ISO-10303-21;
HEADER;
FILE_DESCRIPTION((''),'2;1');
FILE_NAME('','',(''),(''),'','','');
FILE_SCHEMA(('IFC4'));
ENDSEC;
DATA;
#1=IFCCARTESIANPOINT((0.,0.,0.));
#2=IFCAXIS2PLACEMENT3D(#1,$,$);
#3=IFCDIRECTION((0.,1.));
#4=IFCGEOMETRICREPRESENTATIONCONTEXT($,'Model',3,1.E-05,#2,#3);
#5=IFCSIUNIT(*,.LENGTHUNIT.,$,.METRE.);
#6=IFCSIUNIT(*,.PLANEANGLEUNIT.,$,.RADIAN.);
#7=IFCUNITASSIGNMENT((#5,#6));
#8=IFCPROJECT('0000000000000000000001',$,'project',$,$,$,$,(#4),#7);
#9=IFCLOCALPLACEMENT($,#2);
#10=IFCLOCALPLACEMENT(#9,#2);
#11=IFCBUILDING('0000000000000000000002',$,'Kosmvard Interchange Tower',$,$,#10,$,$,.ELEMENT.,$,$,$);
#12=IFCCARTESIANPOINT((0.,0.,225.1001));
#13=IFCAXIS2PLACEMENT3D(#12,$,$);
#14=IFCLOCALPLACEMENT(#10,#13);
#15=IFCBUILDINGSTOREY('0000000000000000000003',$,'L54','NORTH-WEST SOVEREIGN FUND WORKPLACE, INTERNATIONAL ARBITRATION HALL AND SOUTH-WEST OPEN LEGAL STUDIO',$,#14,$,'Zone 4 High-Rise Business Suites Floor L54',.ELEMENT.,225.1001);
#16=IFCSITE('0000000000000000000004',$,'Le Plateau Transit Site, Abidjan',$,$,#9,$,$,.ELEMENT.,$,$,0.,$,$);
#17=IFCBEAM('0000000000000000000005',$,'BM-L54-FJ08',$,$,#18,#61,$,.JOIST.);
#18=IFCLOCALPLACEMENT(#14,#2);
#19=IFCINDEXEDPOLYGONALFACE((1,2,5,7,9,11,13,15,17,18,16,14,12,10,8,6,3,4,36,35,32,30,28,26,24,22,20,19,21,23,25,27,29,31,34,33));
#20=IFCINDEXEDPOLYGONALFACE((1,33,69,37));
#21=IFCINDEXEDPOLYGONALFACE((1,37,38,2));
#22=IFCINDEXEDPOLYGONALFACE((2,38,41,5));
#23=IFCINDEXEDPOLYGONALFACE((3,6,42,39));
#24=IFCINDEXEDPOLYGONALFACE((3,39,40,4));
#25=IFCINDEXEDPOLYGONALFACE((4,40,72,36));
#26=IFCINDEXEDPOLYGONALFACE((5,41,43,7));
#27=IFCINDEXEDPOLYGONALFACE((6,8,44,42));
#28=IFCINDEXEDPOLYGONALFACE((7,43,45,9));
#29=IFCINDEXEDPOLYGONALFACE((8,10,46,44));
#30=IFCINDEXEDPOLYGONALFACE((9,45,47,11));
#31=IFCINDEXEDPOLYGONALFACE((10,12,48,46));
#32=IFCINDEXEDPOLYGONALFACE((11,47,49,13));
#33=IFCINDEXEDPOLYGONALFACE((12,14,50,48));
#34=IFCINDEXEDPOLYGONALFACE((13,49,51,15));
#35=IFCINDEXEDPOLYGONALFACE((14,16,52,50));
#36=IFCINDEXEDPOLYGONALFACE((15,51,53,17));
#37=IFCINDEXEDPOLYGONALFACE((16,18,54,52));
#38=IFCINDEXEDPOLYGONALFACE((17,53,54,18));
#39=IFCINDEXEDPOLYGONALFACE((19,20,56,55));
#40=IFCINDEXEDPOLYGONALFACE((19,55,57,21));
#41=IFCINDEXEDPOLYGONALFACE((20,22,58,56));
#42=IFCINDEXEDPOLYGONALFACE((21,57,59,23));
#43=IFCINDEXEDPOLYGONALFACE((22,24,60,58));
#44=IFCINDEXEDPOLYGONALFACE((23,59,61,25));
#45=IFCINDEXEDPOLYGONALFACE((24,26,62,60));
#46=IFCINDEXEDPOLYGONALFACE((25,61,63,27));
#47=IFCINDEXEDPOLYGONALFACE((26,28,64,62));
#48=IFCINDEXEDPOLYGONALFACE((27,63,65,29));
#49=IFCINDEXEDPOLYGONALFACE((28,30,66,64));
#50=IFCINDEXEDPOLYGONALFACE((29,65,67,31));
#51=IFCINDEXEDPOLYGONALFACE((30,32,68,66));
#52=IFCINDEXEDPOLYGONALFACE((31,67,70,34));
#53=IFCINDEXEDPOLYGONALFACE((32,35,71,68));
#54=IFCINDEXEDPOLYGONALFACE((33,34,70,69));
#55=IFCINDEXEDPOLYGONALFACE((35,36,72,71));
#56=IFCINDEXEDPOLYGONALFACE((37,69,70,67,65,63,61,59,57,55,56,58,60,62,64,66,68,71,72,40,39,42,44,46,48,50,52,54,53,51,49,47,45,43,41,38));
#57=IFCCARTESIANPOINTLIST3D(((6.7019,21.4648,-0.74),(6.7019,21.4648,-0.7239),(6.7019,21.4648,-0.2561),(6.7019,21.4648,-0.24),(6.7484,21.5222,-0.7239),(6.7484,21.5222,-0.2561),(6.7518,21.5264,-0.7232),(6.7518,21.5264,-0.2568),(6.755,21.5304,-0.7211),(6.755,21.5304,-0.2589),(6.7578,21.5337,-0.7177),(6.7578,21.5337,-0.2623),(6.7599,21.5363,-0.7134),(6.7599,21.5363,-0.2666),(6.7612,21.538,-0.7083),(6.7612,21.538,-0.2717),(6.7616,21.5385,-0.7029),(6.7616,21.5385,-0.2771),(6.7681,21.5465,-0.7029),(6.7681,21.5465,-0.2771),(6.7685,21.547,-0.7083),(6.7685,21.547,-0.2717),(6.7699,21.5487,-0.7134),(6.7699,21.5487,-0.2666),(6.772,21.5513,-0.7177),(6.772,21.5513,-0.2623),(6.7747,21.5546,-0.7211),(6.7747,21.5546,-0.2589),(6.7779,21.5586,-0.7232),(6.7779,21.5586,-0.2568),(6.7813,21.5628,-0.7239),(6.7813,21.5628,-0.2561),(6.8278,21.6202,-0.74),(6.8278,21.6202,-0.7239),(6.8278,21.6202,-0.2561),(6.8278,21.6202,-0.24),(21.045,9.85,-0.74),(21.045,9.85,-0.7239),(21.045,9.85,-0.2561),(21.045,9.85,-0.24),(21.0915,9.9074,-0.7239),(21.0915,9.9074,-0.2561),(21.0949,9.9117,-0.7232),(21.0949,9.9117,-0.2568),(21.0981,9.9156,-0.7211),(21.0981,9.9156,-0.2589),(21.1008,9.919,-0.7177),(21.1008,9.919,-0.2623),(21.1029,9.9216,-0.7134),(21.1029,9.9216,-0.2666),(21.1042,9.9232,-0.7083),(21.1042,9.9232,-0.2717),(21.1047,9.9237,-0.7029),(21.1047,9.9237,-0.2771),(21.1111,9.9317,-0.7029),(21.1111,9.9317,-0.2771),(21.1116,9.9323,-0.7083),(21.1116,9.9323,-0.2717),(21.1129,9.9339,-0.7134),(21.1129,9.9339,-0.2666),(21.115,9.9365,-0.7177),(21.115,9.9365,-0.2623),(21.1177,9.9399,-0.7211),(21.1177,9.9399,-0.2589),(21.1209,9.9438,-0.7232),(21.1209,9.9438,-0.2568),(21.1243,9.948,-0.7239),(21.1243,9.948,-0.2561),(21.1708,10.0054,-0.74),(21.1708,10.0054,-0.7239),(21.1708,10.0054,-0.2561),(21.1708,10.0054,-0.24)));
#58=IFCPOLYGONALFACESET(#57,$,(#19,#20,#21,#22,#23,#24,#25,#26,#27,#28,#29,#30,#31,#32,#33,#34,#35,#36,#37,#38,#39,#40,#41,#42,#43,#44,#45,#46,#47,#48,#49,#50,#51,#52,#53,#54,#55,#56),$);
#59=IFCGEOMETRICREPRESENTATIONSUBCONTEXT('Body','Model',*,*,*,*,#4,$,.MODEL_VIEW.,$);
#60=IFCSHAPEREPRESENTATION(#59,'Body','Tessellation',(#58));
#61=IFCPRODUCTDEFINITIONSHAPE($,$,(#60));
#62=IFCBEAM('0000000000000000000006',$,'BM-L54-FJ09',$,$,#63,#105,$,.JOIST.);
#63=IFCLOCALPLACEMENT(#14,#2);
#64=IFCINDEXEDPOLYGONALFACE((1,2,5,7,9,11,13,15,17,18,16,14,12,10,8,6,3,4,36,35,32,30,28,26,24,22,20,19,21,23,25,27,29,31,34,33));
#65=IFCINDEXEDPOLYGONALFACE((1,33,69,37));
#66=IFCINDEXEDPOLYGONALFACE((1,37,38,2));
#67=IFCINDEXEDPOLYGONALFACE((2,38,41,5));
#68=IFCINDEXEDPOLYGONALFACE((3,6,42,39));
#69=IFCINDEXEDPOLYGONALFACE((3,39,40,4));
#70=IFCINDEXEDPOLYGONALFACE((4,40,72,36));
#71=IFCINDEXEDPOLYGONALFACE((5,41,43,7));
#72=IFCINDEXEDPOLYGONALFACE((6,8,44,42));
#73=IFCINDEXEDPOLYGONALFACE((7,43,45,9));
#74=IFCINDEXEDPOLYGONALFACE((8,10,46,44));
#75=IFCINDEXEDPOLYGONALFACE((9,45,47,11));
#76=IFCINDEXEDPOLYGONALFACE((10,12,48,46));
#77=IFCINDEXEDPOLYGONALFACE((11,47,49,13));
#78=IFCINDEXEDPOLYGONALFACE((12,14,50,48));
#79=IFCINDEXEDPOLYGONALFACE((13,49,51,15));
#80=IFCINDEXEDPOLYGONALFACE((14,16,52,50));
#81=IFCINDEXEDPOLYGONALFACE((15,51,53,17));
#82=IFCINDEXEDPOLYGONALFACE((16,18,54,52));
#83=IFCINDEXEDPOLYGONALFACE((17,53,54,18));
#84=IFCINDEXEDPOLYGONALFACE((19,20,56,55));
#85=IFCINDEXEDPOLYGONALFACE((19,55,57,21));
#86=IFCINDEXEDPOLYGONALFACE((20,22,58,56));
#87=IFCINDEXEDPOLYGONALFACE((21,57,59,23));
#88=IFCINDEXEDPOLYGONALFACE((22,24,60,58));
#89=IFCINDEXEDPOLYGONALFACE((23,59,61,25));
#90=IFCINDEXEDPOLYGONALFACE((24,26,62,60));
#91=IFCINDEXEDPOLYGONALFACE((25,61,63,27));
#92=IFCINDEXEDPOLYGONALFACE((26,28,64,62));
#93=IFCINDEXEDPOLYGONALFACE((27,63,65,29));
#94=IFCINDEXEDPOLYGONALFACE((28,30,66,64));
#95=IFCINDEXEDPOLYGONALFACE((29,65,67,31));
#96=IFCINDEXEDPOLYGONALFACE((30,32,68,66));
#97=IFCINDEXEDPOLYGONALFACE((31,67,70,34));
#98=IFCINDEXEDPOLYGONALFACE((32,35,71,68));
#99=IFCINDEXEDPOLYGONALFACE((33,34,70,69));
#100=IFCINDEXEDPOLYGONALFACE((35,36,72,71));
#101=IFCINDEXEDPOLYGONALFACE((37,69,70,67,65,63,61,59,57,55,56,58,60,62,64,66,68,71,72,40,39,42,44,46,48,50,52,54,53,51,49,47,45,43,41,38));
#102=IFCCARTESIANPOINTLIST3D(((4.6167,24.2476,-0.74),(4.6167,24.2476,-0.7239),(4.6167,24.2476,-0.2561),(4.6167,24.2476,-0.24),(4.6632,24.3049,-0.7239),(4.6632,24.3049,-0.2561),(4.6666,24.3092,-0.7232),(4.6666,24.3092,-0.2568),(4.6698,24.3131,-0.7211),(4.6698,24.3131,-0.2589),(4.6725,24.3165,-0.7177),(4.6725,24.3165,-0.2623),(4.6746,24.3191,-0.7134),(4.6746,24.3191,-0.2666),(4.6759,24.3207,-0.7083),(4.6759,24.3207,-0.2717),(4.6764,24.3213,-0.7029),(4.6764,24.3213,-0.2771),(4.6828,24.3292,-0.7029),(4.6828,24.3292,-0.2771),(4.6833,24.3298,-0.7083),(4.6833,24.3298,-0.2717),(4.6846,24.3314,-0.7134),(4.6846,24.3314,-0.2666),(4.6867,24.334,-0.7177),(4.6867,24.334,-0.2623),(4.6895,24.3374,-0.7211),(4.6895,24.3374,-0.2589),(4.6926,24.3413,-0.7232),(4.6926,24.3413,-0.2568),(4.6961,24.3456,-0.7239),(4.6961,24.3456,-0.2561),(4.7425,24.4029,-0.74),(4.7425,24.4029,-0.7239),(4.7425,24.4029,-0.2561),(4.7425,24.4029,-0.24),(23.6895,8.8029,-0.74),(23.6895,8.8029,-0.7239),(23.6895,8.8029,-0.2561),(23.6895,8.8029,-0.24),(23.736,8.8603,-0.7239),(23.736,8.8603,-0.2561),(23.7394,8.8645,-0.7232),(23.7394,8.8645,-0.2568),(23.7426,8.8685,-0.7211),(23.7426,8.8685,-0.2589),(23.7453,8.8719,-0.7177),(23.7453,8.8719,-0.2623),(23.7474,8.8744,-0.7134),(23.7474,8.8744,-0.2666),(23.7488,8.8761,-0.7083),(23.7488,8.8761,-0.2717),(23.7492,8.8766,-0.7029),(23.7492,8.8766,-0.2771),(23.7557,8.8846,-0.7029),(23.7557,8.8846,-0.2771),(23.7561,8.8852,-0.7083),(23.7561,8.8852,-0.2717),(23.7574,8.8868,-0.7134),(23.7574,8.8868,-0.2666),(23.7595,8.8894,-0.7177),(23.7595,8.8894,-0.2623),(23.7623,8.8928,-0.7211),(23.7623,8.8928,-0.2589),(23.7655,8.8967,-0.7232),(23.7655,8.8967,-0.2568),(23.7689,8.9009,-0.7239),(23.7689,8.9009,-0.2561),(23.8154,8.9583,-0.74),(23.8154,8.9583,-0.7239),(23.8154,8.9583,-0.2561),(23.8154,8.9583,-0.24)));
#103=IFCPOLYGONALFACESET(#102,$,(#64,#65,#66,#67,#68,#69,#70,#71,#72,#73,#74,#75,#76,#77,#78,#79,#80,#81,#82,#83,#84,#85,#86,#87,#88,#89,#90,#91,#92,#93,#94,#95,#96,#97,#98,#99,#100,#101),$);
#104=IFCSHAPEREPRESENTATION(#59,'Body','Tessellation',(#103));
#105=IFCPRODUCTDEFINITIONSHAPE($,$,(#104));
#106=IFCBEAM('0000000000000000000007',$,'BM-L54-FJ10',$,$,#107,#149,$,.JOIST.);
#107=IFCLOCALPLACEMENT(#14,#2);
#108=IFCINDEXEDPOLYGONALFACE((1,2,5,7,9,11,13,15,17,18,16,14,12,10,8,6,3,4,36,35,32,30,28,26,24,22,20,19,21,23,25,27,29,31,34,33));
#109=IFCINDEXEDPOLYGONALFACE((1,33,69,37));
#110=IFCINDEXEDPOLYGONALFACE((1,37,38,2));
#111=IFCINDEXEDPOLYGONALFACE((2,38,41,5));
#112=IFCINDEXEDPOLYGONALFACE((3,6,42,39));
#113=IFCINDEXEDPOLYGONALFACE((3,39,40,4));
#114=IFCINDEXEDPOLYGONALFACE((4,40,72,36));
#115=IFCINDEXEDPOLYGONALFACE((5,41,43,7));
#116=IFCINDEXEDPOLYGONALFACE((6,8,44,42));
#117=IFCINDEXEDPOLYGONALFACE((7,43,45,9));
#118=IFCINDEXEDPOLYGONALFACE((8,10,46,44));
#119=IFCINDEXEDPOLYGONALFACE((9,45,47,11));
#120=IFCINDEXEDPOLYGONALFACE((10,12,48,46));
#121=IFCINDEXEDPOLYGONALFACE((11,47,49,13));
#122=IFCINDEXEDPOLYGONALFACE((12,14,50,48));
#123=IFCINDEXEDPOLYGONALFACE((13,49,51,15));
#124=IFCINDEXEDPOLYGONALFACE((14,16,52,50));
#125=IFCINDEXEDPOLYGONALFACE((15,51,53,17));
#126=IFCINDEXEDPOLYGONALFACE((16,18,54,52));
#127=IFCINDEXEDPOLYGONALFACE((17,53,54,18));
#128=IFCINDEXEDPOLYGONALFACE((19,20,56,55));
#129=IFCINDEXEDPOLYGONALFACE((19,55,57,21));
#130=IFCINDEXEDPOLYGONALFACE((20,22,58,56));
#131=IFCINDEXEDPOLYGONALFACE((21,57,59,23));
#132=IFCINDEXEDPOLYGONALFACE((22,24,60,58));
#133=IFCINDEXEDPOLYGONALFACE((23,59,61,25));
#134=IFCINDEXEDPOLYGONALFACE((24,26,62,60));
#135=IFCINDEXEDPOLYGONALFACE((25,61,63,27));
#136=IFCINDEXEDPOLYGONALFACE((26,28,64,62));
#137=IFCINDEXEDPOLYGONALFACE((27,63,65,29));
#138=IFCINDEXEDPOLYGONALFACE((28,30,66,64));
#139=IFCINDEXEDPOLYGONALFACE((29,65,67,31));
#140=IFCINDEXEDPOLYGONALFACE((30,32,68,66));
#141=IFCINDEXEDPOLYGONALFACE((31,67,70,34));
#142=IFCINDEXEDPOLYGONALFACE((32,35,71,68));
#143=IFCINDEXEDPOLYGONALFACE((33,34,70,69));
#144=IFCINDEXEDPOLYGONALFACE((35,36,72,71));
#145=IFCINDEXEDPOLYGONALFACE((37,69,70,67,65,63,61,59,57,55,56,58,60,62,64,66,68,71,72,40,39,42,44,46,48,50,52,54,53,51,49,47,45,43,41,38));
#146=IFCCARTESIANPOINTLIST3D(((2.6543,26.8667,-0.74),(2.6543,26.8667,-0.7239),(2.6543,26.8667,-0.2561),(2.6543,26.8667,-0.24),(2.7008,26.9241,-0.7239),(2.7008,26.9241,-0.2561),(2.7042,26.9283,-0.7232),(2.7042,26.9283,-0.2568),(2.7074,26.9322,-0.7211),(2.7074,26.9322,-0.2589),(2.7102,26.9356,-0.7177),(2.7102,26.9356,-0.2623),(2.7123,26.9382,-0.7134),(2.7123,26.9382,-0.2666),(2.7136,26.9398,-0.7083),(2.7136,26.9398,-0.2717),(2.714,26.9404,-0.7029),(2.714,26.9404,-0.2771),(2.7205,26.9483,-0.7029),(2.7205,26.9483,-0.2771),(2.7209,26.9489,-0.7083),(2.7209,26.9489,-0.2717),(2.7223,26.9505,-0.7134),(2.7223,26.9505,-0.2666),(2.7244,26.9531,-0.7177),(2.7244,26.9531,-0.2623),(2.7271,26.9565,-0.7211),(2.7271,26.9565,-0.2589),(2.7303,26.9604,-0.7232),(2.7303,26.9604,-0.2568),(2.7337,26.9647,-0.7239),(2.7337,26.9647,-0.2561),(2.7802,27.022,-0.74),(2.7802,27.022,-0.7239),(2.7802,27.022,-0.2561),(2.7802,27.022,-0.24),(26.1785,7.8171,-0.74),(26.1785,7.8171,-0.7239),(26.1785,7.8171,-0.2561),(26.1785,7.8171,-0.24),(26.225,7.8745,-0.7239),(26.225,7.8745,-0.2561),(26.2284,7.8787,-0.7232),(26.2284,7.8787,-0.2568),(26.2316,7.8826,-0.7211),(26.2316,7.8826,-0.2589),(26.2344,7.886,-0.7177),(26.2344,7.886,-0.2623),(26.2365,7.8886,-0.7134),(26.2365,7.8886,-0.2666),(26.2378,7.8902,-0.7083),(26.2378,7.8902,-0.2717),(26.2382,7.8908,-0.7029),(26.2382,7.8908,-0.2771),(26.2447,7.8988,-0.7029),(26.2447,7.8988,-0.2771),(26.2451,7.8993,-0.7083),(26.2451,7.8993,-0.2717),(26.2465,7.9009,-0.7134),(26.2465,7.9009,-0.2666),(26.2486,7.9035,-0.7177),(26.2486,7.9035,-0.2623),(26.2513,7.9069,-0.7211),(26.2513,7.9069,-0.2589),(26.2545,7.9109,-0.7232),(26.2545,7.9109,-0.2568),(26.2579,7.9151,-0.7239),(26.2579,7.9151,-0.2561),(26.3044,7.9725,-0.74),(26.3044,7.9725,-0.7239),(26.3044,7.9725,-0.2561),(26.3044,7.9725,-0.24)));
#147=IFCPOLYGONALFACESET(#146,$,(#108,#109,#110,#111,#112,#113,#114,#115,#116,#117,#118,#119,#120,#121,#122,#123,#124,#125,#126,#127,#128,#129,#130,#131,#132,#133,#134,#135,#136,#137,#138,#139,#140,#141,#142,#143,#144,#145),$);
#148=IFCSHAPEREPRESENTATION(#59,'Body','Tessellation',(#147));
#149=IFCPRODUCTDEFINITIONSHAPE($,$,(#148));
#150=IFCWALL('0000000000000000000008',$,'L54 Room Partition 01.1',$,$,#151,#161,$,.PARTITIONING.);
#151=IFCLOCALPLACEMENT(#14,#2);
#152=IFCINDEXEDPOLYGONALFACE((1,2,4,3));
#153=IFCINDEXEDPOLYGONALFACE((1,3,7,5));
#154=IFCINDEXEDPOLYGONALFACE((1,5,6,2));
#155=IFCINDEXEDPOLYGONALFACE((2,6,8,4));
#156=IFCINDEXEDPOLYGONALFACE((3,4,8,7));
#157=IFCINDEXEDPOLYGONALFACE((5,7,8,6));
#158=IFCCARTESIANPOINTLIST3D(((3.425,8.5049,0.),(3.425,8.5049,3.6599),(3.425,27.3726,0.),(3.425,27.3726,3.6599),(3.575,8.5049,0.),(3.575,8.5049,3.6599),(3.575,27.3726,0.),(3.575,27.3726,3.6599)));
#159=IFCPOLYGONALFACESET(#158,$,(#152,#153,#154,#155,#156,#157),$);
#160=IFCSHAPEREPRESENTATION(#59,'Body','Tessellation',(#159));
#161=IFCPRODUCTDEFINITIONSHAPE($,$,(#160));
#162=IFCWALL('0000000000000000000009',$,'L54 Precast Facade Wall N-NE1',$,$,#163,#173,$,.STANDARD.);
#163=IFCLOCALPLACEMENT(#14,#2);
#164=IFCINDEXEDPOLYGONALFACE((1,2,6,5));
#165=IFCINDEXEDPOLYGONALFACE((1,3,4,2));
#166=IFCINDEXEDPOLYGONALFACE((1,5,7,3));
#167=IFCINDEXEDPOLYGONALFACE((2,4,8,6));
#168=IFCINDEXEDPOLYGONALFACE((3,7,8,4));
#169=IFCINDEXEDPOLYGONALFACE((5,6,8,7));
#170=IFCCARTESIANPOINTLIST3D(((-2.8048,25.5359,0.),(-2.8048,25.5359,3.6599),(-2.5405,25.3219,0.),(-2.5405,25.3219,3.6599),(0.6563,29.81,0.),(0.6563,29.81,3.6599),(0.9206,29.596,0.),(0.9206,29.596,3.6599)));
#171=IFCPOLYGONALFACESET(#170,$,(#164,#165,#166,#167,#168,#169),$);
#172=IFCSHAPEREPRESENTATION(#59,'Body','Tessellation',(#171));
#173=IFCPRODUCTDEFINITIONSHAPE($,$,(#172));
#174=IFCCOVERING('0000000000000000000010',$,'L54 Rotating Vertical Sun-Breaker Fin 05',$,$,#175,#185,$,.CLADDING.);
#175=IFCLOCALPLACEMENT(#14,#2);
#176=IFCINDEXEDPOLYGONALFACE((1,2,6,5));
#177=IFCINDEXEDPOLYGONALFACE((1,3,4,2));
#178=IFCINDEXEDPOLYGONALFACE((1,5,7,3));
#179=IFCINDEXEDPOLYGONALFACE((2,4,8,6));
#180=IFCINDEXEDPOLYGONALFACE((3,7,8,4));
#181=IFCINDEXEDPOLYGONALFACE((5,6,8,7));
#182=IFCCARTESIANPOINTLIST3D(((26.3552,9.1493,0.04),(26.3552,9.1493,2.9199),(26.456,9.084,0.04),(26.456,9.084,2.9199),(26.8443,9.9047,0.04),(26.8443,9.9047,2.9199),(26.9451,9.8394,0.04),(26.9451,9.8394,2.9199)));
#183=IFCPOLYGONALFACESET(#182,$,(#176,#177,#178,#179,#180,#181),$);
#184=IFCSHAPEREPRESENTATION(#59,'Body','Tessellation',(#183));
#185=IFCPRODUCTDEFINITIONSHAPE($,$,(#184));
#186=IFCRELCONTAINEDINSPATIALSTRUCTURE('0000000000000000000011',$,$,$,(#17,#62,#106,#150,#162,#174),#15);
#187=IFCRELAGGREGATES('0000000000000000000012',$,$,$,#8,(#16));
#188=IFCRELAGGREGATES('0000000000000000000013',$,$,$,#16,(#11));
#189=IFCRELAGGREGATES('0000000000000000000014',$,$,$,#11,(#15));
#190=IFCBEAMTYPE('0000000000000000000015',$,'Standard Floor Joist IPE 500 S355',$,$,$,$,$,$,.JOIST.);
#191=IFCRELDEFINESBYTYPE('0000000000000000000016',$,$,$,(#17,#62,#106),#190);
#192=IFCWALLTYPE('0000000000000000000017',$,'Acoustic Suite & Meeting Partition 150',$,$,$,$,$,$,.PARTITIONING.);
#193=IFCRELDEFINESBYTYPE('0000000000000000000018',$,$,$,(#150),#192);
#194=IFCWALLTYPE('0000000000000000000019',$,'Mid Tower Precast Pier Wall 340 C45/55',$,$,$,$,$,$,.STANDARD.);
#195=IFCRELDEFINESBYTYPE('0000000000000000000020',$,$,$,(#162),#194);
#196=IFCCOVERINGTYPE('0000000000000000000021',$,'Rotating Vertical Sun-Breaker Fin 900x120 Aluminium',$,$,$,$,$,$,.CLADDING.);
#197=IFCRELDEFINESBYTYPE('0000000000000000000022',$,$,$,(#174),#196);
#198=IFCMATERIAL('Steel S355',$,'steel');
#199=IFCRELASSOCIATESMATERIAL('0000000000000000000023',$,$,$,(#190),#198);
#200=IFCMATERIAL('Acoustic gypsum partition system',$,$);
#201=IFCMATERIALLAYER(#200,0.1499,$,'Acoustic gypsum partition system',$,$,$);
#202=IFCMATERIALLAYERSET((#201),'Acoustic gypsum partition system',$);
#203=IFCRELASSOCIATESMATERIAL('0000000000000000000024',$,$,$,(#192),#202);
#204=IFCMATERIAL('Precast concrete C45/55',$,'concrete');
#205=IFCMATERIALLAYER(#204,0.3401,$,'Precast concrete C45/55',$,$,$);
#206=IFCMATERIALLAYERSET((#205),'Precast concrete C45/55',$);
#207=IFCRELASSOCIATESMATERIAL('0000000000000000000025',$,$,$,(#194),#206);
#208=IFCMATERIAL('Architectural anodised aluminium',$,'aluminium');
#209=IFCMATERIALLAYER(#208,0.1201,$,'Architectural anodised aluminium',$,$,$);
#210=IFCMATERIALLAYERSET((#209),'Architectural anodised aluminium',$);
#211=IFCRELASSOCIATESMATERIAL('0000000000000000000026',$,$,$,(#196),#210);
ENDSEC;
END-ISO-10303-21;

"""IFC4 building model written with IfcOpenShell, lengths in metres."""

from ifc_helpers import new_model, si_unit, direction, frame, frame_2d, origin, origin_2d, place, context, subcontext, project, spatial, rectangle, i_section, extrude, source, transform, mapped, material, layer, layer_set, material_profile, profile_set, type_object, element, save


model = new_model("IFC4")

# Units and contexts
model_context = context("Model", 3, precision=1e-05, world=origin(), true_north=direction((0.0, 1.0)))
body_context = subcontext(model_context, "Body", "Model", "MODEL_VIEW")
ifc_project = project(units=[si_unit("LENGTHUNIT", "METRE"), si_unit("PLANEANGLEUNIT", "RADIAN")], contexts=[model_context])

# Site, building, storey
site_placement = place(None, origin())
site = spatial("IfcSite", under=ifc_project, at=site_placement, Name="Le Plateau Transit Site, Abidjan", CompositionType="ELEMENT", RefElevation=0.0)
building_placement = place(site_placement, origin())
building = spatial("IfcBuilding", under=site, at=building_placement, Name="Kosmvard Interchange Tower", CompositionType="ELEMENT")
storey_placement = place(building_placement, frame((0.0, 0.0, 225.1001)))
storey = spatial("IfcBuildingStorey", under=building, at=storey_placement, Name="L54", Description="NORTH-WEST SOVEREIGN FUND WORKPLACE, INTERNATIONAL ARBITRATION HALL AND SOUTH-WEST OPEN LEGAL STUDIO", LongName="Zone 4 High-Rise Business Suites Floor L54", CompositionType="ELEMENT", Elevation=225.1001)

# Beams
ifc_material_1 = material(Name="Steel S355", Category="steel")
ifc_material_2 = material(Name="Precast concrete C45/55", Category="concrete")
ifc_material_profile_1 = material_profile(ifc_material_1, i_section(OverallWidth=0.2, OverallDepth=0.5, WebThickness=0.0103, FlangeThickness=0.0161, FilletRadius=0.021, at=origin_2d()), Name="IPE 500")
ifc_profile_set_1 = profile_set([ifc_material_profile_1], Name="Steel S355")
beam_type_1 = type_object("IfcBeamType", Name="Standard Floor Joist IPE 500 S355", PredefinedType="JOIST", material=ifc_profile_set_1)
shared_shape_1 = source(origin(), body_context, "Body", "SweptSolid", [
    extrude(i_section(OverallWidth=0.2, OverallDepth=0.5, WebThickness=0.0103, FlangeThickness=0.0161, FilletRadius=0.021, at=origin_2d()), origin(), (0.0, 0.0, 1.0), 18.4561),
])
beam_1_placement = place(storey_placement, frame((21.1079, 9.9277, -0.49), z_axis=(-0.777146, 0.62932, 0.0), x_axis=(-0.62932, -0.777146, 0.0)))
element("IfcBeam", 1, at=beam_1_placement, inside=storey, type_object=beam_type_1, Name="BM-L54-FJ08", PredefinedType="JOIST", context=body_context, shape_type="MappedRepresentation", body=[
    mapped(shared_shape_1, transform((0.0, 0.0, 0.0), scale=1.0)),
])
shared_shape_2 = source(origin(), body_context, "Body", "SweptSolid", [
    extrude(i_section(OverallWidth=0.2, OverallDepth=0.5, WebThickness=0.0103, FlangeThickness=0.0161, FilletRadius=0.021, at=origin_2d()), origin(), (0.0, 0.0, 1.0), 24.542),
])
beam_2_placement = place(storey_placement, frame((23.7524, 8.8806, -0.49), z_axis=(-0.777151, 0.629315, 0.0), x_axis=(-0.629315, -0.777151, 0.0)))
element("IfcBeam", 2, at=beam_2_placement, inside=storey, type_object=beam_type_1, Name="BM-L54-FJ09", PredefinedType="JOIST", context=body_context, shape_type="MappedRepresentation", body=[
    mapped(shared_shape_2, transform((0.0, 0.0, 0.0), scale=1.0)),
])
shared_shape_3 = source(origin(), body_context, "Body", "SweptSolid", [
    extrude(i_section(OverallWidth=0.2, OverallDepth=0.5, WebThickness=0.0103, FlangeThickness=0.0161, FilletRadius=0.021, at=origin_2d()), origin(), (0.0, 0.0, 1.0), 30.27),
])
beam_3_placement = place(storey_placement, frame((26.2415, 7.8948, -0.49), z_axis=(-0.777145, 0.629322, 0.0), x_axis=(-0.629322, -0.777145, 0.0)))
element("IfcBeam", 3, at=beam_3_placement, inside=storey, type_object=beam_type_1, Name="BM-L54-FJ10", PredefinedType="JOIST", context=body_context, shape_type="MappedRepresentation", body=[
    mapped(shared_shape_3, transform((0.0, 0.0, 0.0), scale=1.0)),
])

# Walls
ifc_material_3 = material(Name="Acoustic gypsum partition system")
ifc_layer_1 = layer(ifc_material_3, 0.1499, Name="Acoustic gypsum partition system")
ifc_layer_set_1 = layer_set([ifc_layer_1], Name="Acoustic gypsum partition system")
wall_type_1 = type_object("IfcWallType", Name="Acoustic Suite & Meeting Partition 150", PredefinedType="PARTITIONING", material=ifc_layer_set_1)
wall_1_placement = place(storey_placement, frame((3.5, 8.5049, 0.0), z_axis=(0.0, 0.0, 1.0), x_axis=(0.0, 1.0, 0.0)))
element("IfcWall", 4, at=wall_1_placement, inside=storey, type_object=wall_type_1, Name="L54 Room Partition 01.1", PredefinedType="PARTITIONING", context=body_context, shape_type="SweptSolid", body=[
    extrude(rectangle(XDim=18.8677, YDim=0.1499, at=frame_2d((9.4338, 0.0))), origin(), (0.0, 0.0, 1.0), 3.6599),
])
ifc_layer_2 = layer(ifc_material_2, 0.3401, Name="Precast concrete C45/55")
ifc_layer_set_2 = layer_set([ifc_layer_2], Name="Precast concrete C45/55")
wall_type_2 = type_object("IfcWallType", Name="Mid Tower Precast Pier Wall 340 C45/55", PredefinedType="STANDARD", material=ifc_layer_set_2)
wall_2_placement = place(storey_placement, frame((0.7886, 29.7031, 0.0), z_axis=(0.0, 0.0, 1.0), x_axis=(-0.629323, -0.777144, 0.0)))
element("IfcWall", 5, at=wall_2_placement, inside=storey, type_object=wall_type_2, Name="L54 Precast Facade Wall N-NE1", PredefinedType="STANDARD", context=body_context, shape_type="SweptSolid", body=[
    extrude(rectangle(XDim=5.4998, YDim=0.3401, at=frame_2d((2.75, 0.0))), origin(), (0.0, 0.0, 1.0), 3.6599),
])

# Covering
ifc_material_4 = material(Name="Architectural anodised aluminium", Category="aluminium")
ifc_layer_3 = layer(ifc_material_4, 0.1201, Name="Architectural anodised aluminium")
ifc_layer_set_3 = layer_set([ifc_layer_3], Name="Architectural anodised aluminium")
covering_type = type_object("IfcCoveringType", Name="Rotating Vertical Sun-Breaker Fin 900x120 Aluminium", PredefinedType="CLADDING", material=ifc_layer_set_3)
shared_shape_4 = source(origin(), body_context, "Body", "SweptSolid", [
    extrude(rectangle(XDim=0.8999, YDim=0.1201, at=origin_2d()), origin(), (0.0, 0.0, 1.0), 2.8799),
])
for number, where, z_axis, x_axis, name in (
    (6, (26.6501, 9.4944, 0.04), (0.0, 0.0, 1.0), (0.543467, 0.83943, 0.0), "L54 Rotating Vertical Sun-Breaker Fin 05"),
):
    element("IfcCovering", number, at=place(storey_placement, frame(where, z_axis=z_axis, x_axis=x_axis)), inside=storey, type_object=covering_type, Name=name, PredefinedType="CLADDING", context=body_context, shape_type="MappedRepresentation", body=[
        mapped(shared_shape_4, transform((0.0, 0.0, 0.0), scale=1.0)),
    ])

save(model, "model.ifc")
